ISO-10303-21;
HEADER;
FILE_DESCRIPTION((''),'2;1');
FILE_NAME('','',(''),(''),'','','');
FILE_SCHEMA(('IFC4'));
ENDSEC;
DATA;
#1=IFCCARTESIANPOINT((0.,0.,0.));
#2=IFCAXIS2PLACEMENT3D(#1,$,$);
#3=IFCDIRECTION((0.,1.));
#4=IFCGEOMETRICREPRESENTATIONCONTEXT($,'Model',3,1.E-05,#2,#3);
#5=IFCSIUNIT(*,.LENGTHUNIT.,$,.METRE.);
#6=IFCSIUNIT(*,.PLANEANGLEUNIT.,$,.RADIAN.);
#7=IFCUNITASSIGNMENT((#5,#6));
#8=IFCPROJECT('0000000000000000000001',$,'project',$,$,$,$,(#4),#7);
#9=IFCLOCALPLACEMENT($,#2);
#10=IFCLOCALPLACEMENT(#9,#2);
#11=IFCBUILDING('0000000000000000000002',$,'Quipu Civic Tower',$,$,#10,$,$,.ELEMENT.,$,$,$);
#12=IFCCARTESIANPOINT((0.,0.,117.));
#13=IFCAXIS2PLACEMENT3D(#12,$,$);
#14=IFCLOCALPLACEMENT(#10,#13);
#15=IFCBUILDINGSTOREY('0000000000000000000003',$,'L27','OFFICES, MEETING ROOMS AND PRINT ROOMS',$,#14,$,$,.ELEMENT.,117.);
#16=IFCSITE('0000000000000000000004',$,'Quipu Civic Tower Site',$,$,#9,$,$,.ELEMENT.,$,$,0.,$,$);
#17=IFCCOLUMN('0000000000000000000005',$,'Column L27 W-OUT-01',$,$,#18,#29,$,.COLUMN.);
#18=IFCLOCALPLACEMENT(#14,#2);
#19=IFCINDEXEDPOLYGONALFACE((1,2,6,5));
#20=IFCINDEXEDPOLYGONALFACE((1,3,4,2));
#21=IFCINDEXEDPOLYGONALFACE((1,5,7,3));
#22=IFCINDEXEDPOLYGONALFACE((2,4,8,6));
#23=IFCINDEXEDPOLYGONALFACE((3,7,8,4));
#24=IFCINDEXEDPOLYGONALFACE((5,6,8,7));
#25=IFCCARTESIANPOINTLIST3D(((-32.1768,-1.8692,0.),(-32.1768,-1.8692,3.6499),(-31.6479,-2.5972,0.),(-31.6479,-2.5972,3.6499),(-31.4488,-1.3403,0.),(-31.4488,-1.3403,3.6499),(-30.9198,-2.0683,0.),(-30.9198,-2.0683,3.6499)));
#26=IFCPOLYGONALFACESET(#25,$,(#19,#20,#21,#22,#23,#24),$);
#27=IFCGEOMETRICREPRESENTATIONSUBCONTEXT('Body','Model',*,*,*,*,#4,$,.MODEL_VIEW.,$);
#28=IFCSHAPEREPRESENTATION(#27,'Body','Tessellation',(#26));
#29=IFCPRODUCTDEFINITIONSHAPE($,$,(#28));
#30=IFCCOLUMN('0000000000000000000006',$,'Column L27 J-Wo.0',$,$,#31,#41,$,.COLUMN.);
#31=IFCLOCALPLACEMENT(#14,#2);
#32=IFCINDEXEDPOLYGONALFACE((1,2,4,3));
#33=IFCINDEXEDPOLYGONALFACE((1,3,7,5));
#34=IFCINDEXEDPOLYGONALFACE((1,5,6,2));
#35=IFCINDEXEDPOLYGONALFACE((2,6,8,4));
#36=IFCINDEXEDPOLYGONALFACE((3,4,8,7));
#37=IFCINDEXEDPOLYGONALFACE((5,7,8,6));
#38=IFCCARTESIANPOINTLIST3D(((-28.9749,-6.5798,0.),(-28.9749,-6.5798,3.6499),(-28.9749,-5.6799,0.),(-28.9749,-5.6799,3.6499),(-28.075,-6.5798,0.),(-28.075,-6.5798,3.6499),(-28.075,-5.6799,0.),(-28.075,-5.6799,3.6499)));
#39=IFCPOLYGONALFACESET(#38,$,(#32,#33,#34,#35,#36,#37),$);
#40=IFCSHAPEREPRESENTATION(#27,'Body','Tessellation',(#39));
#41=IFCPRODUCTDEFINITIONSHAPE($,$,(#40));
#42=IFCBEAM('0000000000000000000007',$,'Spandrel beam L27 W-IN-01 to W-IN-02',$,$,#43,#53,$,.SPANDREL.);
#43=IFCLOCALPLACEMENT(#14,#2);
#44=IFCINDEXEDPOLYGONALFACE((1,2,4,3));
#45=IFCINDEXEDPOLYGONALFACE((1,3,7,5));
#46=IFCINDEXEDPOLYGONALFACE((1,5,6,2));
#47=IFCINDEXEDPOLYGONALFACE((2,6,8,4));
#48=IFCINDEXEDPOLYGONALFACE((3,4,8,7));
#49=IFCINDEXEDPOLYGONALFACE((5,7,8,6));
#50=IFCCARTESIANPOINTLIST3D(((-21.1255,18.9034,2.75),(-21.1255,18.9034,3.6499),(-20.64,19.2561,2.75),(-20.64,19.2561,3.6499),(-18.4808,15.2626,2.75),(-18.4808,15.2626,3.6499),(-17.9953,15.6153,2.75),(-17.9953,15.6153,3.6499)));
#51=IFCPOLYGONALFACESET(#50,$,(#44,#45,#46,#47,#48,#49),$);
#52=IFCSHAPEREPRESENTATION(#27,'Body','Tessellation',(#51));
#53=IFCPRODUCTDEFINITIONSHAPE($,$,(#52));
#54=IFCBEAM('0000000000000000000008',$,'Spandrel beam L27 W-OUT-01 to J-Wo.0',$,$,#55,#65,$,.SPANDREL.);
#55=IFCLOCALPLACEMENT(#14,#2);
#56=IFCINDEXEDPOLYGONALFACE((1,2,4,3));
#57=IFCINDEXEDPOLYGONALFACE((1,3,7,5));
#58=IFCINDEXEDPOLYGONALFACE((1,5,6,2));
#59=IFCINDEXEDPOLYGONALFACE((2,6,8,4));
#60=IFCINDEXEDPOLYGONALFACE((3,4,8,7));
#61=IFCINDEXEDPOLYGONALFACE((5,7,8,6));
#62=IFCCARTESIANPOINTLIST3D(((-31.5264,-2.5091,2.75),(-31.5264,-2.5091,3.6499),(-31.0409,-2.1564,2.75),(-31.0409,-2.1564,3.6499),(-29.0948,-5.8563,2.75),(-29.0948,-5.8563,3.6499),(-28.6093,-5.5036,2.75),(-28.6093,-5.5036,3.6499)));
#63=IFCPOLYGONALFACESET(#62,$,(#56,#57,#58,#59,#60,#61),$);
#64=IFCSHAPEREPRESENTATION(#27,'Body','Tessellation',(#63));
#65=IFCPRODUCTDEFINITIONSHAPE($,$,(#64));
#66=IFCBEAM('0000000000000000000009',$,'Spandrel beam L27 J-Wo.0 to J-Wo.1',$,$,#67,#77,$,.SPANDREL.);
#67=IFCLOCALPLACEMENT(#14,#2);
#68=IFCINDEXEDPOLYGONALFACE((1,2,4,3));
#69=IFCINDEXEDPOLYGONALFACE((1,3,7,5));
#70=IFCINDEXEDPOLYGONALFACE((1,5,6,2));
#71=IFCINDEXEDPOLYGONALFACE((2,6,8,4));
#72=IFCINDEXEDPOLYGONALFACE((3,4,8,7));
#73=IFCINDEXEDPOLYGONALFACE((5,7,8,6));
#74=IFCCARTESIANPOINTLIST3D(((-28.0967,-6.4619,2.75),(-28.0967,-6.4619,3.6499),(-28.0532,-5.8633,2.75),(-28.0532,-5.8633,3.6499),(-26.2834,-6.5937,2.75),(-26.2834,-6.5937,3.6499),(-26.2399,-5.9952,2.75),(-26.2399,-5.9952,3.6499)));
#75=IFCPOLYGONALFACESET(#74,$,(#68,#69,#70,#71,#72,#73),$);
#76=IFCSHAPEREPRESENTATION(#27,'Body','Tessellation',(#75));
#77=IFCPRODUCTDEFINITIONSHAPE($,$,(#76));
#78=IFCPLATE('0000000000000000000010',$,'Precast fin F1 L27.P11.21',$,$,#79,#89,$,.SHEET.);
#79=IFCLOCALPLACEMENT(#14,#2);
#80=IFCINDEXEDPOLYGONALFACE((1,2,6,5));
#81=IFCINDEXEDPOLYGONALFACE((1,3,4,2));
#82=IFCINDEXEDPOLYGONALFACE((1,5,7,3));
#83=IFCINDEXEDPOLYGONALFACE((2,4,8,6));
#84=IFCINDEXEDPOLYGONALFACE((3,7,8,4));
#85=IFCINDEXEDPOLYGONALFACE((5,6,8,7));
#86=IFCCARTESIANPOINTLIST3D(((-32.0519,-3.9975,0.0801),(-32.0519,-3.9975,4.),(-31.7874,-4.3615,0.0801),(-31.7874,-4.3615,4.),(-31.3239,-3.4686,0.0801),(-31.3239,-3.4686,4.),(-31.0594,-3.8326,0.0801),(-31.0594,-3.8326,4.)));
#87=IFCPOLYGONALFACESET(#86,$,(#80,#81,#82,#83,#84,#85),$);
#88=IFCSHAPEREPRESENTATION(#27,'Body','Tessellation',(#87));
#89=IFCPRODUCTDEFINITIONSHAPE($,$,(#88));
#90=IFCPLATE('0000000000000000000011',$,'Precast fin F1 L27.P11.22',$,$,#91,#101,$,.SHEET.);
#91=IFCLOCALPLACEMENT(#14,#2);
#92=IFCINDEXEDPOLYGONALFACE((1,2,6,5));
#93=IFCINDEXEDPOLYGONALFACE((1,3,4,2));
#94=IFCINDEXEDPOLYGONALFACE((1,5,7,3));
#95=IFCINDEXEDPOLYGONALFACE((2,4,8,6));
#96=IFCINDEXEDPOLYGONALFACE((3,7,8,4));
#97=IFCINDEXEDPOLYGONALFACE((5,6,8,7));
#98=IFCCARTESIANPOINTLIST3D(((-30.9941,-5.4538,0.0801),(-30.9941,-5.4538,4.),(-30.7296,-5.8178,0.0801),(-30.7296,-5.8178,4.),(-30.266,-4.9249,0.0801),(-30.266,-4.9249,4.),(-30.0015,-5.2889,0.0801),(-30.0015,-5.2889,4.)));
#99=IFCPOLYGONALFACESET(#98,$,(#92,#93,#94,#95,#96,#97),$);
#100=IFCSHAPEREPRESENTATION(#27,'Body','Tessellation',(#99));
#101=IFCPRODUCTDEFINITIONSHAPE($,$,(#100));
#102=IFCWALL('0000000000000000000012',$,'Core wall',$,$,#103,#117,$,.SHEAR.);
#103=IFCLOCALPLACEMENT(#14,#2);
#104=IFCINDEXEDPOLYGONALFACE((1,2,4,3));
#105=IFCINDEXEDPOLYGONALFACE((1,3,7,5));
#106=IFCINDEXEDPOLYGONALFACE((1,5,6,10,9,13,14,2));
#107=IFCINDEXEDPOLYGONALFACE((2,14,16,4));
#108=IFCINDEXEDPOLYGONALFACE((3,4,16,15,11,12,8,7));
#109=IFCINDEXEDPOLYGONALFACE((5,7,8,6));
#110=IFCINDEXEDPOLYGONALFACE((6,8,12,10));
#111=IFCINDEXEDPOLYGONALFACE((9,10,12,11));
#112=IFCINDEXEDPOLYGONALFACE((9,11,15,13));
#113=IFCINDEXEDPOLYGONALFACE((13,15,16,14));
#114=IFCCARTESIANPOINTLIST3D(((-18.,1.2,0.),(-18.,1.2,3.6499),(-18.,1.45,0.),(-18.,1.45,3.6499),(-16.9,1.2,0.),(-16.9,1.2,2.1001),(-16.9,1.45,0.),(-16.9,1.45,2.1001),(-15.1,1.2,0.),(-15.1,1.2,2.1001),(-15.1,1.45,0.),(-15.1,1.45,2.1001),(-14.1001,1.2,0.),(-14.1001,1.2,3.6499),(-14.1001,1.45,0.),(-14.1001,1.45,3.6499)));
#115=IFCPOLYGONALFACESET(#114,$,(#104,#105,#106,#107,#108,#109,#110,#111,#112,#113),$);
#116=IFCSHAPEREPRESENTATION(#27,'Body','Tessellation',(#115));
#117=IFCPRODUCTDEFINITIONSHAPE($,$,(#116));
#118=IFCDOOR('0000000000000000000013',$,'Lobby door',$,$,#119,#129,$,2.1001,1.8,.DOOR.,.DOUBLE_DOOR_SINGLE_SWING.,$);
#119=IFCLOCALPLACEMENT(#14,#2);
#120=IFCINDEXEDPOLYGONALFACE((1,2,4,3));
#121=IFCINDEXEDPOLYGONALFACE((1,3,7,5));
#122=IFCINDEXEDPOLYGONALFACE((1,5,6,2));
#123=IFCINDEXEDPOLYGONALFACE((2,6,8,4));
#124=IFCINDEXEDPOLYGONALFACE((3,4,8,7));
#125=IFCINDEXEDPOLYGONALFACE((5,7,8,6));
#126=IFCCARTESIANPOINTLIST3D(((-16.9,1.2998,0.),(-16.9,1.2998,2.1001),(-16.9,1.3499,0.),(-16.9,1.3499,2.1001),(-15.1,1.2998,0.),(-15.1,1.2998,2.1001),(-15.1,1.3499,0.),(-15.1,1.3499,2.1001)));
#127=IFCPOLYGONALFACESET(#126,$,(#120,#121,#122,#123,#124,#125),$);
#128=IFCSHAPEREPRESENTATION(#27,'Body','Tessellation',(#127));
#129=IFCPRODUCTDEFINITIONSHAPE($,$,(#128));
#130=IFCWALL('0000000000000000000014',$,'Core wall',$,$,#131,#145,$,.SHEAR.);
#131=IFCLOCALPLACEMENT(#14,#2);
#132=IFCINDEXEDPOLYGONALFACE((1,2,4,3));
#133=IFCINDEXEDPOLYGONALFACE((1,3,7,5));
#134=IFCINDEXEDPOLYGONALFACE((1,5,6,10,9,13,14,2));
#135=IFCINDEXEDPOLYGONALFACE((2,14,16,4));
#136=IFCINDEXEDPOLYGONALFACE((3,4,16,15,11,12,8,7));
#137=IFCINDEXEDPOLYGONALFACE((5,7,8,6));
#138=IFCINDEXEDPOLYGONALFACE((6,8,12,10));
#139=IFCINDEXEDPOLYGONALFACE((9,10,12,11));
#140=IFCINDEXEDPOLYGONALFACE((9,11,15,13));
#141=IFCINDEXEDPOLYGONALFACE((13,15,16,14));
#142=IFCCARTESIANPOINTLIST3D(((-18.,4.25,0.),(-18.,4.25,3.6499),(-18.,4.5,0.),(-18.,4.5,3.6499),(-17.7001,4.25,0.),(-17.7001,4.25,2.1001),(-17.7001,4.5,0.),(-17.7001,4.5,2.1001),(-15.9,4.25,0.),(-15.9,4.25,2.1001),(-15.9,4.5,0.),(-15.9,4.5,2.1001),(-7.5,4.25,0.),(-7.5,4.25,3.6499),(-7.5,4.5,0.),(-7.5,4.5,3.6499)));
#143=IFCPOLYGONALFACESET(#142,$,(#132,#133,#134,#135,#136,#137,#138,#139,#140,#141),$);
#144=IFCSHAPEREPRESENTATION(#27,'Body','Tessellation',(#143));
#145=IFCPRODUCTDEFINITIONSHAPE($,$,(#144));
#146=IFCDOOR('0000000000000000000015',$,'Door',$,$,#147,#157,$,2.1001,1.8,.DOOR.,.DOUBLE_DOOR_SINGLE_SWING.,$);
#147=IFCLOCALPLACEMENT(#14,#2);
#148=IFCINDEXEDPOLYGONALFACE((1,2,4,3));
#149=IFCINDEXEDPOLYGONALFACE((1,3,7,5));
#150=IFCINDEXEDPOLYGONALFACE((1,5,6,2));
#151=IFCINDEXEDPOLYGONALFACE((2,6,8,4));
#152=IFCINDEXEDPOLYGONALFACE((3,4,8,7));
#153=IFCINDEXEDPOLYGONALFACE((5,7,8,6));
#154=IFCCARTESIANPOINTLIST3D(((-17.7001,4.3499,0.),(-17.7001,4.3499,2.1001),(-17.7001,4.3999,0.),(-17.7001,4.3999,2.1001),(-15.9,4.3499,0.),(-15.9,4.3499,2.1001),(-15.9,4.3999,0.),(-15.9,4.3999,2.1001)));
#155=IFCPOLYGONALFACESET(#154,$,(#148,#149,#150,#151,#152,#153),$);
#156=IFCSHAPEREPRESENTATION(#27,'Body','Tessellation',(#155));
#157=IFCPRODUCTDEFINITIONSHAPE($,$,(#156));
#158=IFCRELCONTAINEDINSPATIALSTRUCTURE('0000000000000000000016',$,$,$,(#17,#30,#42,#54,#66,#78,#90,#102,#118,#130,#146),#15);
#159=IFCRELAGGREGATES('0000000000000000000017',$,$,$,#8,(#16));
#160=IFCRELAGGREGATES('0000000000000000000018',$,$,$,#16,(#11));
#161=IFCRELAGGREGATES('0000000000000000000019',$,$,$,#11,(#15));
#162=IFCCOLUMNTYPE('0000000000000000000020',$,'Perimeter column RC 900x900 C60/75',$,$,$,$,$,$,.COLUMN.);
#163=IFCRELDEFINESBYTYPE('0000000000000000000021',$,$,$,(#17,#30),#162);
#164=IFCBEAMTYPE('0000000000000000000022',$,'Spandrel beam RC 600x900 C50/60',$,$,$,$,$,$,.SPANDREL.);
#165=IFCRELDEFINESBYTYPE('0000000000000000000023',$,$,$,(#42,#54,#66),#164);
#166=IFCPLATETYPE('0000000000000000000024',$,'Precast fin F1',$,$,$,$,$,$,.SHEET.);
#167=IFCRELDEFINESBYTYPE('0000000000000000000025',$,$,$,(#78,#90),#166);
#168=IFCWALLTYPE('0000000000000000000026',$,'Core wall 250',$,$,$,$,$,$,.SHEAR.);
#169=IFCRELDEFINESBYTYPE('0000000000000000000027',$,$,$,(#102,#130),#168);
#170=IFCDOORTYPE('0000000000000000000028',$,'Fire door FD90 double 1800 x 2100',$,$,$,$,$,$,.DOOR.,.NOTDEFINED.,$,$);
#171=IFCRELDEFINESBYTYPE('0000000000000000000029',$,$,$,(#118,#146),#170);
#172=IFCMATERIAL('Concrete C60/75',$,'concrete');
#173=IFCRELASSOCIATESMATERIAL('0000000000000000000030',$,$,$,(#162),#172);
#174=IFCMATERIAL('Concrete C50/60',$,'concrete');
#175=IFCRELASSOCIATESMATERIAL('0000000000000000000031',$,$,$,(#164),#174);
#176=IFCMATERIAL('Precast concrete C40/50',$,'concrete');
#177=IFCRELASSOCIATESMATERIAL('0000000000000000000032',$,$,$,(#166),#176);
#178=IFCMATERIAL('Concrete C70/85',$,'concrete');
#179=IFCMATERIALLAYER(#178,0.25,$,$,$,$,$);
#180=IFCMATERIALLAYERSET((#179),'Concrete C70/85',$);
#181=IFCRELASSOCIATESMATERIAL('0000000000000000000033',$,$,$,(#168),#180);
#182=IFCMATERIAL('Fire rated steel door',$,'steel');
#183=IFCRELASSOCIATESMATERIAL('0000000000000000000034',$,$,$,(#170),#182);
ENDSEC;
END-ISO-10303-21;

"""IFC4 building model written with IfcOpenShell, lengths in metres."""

from ifc_helpers import new_model, si_unit, direction, frame, frame_2d, origin, origin_2d, place, context, subcontext, project, spatial, rectangle, extrude, material, layer, layer_set, material_profile, profile_set, type_object, element, fill, save


model = new_model("IFC4")

# Units and contexts
model_context = context("Model", 3, precision=1e-05, world=origin(), true_north=direction((0.0, 1.0)))
body_context = subcontext(model_context, "Body", "Model", "MODEL_VIEW")
ifc_project = project(units=[si_unit("LENGTHUNIT", "METRE"), si_unit("PLANEANGLEUNIT", "RADIAN")], contexts=[model_context])

# Site, building, storey
site_placement = place(None, origin())
site = spatial("IfcSite", under=ifc_project, at=site_placement, Name="Quipu Civic Tower Site", CompositionType="ELEMENT", RefElevation=0.0)
building_placement = place(site_placement, origin())
building = spatial("IfcBuilding", under=site, at=building_placement, Name="Quipu Civic Tower", CompositionType="ELEMENT")
storey_placement = place(building_placement, frame((0.0, 0.0, 117.0)))
storey = spatial("IfcBuildingStorey", under=building, at=storey_placement, Name="L27", Description="OFFICES, MEETING ROOMS AND PRINT ROOMS", CompositionType="ELEMENT", Elevation=117.0)

# Columns
ifc_material_1 = material(Name="Concrete C60/75", Category="concrete")
ifc_material_profile_1 = material_profile(ifc_material_1, rectangle(XDim=0.8999, YDim=0.8999, at=origin_2d()), Name="RC900x900")
ifc_profile_set_1 = profile_set([ifc_material_profile_1], Name="Concrete C60/75")
column_type = type_object("IfcColumnType", Name="Perimeter column RC 900x900 C60/75", PredefinedType="COLUMN", material=ifc_profile_set_1)
for number, where, z_axis, x_axis, name in (
    (1, (-31.5483, -1.9688, 0.0), (0.0, 0.0, 1.0), (0.587785, -0.809017, 0.0), "Column L27 W-OUT-01"),
    (2, (-28.5249, -6.1299, 0.0), (0.0, 0.0, 1.0), (1.0, 0.0, 0.0), "Column L27 J-Wo.0"),
):
    element("IfcColumn", number, at=place(storey_placement, frame(where, z_axis=z_axis, x_axis=x_axis)), inside=storey, type_object=column_type, Name=name, PredefinedType="COLUMN", context=body_context, shape_type="SweptSolid", body=[
        extrude(rectangle(XDim=0.8999, YDim=0.8999, at=origin_2d()), origin(), (0.0, 0.0, 1.0), 3.6499),
    ])

# Beams
ifc_material_2 = material(Name="Concrete C50/60", Category="concrete")
ifc_material_profile_2 = material_profile(ifc_material_2, rectangle(XDim=0.6001, YDim=0.8999, at=origin_2d()), Name="RC600x900")
ifc_profile_set_2 = profile_set([ifc_material_profile_2], Name="Concrete C50/60")
beam_type = type_object("IfcBeamType", Name="Spandrel beam RC 600x900 C50/60", PredefinedType="SPANDREL", material=ifc_profile_set_2)
beam_1_placement = place(storey_placement, frame((-18.238, 15.439, 3.2), z_axis=(-0.587717, 0.809067, 0.0), x_axis=(-0.809067, -0.587717, 0.0)))
element("IfcBeam", 3, at=beam_1_placement, inside=storey, type_object=beam_type, Name="Spandrel beam L27 W-IN-01 to W-IN-02", PredefinedType="SPANDREL", context=body_context, shape_type="SweptSolid", body=[
    extrude(rectangle(XDim=0.6001, YDim=0.8999, at=origin_2d()), origin(), (0.0, 0.0, 1.0), 4.5),
])
beam_2_placement = place(storey_placement, frame((-31.2837, -2.3328, 3.2), z_axis=(0.587751, -0.809042, 0.0), x_axis=(0.809042, 0.587751, 0.0)))
element("IfcBeam", 4, at=beam_2_placement, inside=storey, type_object=beam_type, Name="Spandrel beam L27 W-OUT-01 to J-Wo.0", PredefinedType="SPANDREL", context=body_context, shape_type="SweptSolid", body=[
    extrude(rectangle(XDim=0.6001, YDim=0.8999, at=origin_2d()), origin(), (0.0, 0.0, 1.0), 4.1372),
])
beam_3_placement = place(storey_placement, frame((-28.075, -6.1626, 3.2), z_axis=(0.997367, -0.072516, 0.0), x_axis=(0.072516, 0.997367, 0.0)))
element("IfcBeam", 5, at=beam_3_placement, inside=storey, type_object=beam_type, Name="Spandrel beam L27 J-Wo.0 to J-Wo.1", PredefinedType="SPANDREL", context=body_context, shape_type="SweptSolid", body=[
    extrude(rectangle(XDim=0.6001, YDim=0.8999, at=origin_2d()), origin(), (0.0, 0.0, 1.0), 1.8181),
])

# Plates
ifc_material_3 = material(Name="Precast concrete C40/50", Category="concrete")
plate_type = type_object("IfcPlateType", Name="Precast fin F1", PredefinedType="SHEET", material=ifc_material_3)
for number, where, z_axis, x_axis, name in (
    (6, (-31.5557, -3.915, 0.0801), (0.0, 0.0, 1.0), (0.587786, -0.809017, 0.0), "Precast fin F1 L27.P11.21"),
    (7, (-30.4978, -5.3713, 0.0801), (0.0, 0.0, 1.0), (0.587786, -0.809017, 0.0), "Precast fin F1 L27.P11.22"),
):
    element("IfcPlate", number, at=place(storey_placement, frame(where, z_axis=z_axis, x_axis=x_axis)), inside=storey, type_object=plate_type, Name=name, PredefinedType="SHEET", context=body_context, shape_type="SweptSolid", body=[
        extrude(rectangle(XDim=0.45, YDim=0.8999, at=origin_2d()), origin(), (0.0, 0.0, 1.0), 3.9199),
    ])

# Walls, openings, doors
ifc_material_4 = material(Name="Concrete C70/85", Category="concrete")
ifc_layer_1 = layer(ifc_material_4, 0.25)
ifc_layer_set_1 = layer_set([ifc_layer_1], Name="Concrete C70/85")
wall_type_1 = type_object("IfcWallType", Name="Core wall 250", PredefinedType="SHEAR", material=ifc_layer_set_1)
wall_1_placement = place(storey_placement, frame((-18.0, 1.325, 0.0), z_axis=(0.0, 0.0, 1.0), x_axis=(1.0, 0.0, 0.0)))
wall_1 = element("IfcWall", 8, at=wall_1_placement, inside=storey, type_object=wall_type_1, Name="Core wall", PredefinedType="SHEAR", context=body_context, shape_type="SweptSolid", body=[
    extrude(rectangle(XDim=3.8999, YDim=0.25, at=frame_2d((1.95, 0.0))), origin(), (0.0, 0.0, 1.0), 3.6499),
])
opening_1_placement = place(wall_1_placement, frame((1.1001, 0.0, 0.0)))
opening_1 = element("IfcOpeningElement", 9, at=opening_1_placement, cuts=wall_1, PredefinedType="OPENING", context=body_context, shape_type="SweptSolid", body=[
    extrude(rectangle(XDim=1.8, YDim=2.1001, at=frame_2d((0.8999, 1.05))), frame((0.0, 0.135, 0.0), z_axis=(0.0, -1.0, 0.0), x_axis=(1.0, 0.0, 0.0)), (0.0, 0.0, 1.0), 0.27),
])
ifc_material_5 = material(Name="Fire rated steel door", Category="steel")
door_type_1 = type_object("IfcDoorType", Name="Fire door FD90 double 1800 x 2100", OperationType="NOTDEFINED", PredefinedType="DOOR", material=ifc_material_5)
door_1_placement = place(opening_1_placement, origin())
door_1 = element("IfcDoor", 10, at=door_1_placement, inside=storey, type_object=door_type_1, Name="Lobby door", OperationType="DOUBLE_DOOR_SINGLE_SWING", OverallHeight=2.1001, OverallWidth=1.8, PredefinedType="DOOR", context=body_context, shape_type="SweptSolid", body=[
    extrude(rectangle(XDim=1.8, YDim=2.1001, at=frame_2d((0.8999, 1.05))), frame((0.0, 0.0249, 0.0), z_axis=(0.0, -1.0, 0.0), x_axis=(1.0, 0.0, 0.0)), (0.0, 0.0, 1.0), 0.05),
])
fill(opening_1, door_1)
wall_2_placement = place(storey_placement, frame((-18.0, 4.375, 0.0), z_axis=(0.0, 0.0, 1.0), x_axis=(1.0, 0.0, 0.0)))
wall_2 = element("IfcWall", 11, at=wall_2_placement, inside=storey, type_object=wall_type_1, Name="Core wall", PredefinedType="SHEAR", context=body_context, shape_type="SweptSolid", body=[
    extrude(rectangle(XDim=10.5, YDim=0.25, at=frame_2d((5.25, 0.0))), origin(), (0.0, 0.0, 1.0), 3.6499),
])
opening_2_placement = place(wall_2_placement, frame((0.3, 0.0, 0.0)))
opening_2 = element("IfcOpeningElement", 12, at=opening_2_placement, cuts=wall_2, PredefinedType="OPENING", context=body_context, shape_type="SweptSolid", body=[
    extrude(rectangle(XDim=1.8, YDim=2.1001, at=frame_2d((0.8999, 1.05))), frame((0.0, 0.135, 0.0), z_axis=(0.0, -1.0, 0.0), x_axis=(1.0, 0.0, 0.0)), (0.0, 0.0, 1.0), 0.27),
])
door_2_placement = place(opening_2_placement, origin())
door_2 = element("IfcDoor", 13, at=door_2_placement, inside=storey, type_object=door_type_1, Name="Door", OperationType="DOUBLE_DOOR_SINGLE_SWING", OverallHeight=2.1001, OverallWidth=1.8, PredefinedType="DOOR", context=body_context, shape_type="SweptSolid", body=[
    extrude(rectangle(XDim=1.8, YDim=2.1001, at=frame_2d((0.8999, 1.05))), frame((0.0, 0.0249, 0.0), z_axis=(0.0, -1.0, 0.0), x_axis=(1.0, 0.0, 0.0)), (0.0, 0.0, 1.0), 0.05),
])
fill(opening_2, door_2)

save(model, "model.ifc")
